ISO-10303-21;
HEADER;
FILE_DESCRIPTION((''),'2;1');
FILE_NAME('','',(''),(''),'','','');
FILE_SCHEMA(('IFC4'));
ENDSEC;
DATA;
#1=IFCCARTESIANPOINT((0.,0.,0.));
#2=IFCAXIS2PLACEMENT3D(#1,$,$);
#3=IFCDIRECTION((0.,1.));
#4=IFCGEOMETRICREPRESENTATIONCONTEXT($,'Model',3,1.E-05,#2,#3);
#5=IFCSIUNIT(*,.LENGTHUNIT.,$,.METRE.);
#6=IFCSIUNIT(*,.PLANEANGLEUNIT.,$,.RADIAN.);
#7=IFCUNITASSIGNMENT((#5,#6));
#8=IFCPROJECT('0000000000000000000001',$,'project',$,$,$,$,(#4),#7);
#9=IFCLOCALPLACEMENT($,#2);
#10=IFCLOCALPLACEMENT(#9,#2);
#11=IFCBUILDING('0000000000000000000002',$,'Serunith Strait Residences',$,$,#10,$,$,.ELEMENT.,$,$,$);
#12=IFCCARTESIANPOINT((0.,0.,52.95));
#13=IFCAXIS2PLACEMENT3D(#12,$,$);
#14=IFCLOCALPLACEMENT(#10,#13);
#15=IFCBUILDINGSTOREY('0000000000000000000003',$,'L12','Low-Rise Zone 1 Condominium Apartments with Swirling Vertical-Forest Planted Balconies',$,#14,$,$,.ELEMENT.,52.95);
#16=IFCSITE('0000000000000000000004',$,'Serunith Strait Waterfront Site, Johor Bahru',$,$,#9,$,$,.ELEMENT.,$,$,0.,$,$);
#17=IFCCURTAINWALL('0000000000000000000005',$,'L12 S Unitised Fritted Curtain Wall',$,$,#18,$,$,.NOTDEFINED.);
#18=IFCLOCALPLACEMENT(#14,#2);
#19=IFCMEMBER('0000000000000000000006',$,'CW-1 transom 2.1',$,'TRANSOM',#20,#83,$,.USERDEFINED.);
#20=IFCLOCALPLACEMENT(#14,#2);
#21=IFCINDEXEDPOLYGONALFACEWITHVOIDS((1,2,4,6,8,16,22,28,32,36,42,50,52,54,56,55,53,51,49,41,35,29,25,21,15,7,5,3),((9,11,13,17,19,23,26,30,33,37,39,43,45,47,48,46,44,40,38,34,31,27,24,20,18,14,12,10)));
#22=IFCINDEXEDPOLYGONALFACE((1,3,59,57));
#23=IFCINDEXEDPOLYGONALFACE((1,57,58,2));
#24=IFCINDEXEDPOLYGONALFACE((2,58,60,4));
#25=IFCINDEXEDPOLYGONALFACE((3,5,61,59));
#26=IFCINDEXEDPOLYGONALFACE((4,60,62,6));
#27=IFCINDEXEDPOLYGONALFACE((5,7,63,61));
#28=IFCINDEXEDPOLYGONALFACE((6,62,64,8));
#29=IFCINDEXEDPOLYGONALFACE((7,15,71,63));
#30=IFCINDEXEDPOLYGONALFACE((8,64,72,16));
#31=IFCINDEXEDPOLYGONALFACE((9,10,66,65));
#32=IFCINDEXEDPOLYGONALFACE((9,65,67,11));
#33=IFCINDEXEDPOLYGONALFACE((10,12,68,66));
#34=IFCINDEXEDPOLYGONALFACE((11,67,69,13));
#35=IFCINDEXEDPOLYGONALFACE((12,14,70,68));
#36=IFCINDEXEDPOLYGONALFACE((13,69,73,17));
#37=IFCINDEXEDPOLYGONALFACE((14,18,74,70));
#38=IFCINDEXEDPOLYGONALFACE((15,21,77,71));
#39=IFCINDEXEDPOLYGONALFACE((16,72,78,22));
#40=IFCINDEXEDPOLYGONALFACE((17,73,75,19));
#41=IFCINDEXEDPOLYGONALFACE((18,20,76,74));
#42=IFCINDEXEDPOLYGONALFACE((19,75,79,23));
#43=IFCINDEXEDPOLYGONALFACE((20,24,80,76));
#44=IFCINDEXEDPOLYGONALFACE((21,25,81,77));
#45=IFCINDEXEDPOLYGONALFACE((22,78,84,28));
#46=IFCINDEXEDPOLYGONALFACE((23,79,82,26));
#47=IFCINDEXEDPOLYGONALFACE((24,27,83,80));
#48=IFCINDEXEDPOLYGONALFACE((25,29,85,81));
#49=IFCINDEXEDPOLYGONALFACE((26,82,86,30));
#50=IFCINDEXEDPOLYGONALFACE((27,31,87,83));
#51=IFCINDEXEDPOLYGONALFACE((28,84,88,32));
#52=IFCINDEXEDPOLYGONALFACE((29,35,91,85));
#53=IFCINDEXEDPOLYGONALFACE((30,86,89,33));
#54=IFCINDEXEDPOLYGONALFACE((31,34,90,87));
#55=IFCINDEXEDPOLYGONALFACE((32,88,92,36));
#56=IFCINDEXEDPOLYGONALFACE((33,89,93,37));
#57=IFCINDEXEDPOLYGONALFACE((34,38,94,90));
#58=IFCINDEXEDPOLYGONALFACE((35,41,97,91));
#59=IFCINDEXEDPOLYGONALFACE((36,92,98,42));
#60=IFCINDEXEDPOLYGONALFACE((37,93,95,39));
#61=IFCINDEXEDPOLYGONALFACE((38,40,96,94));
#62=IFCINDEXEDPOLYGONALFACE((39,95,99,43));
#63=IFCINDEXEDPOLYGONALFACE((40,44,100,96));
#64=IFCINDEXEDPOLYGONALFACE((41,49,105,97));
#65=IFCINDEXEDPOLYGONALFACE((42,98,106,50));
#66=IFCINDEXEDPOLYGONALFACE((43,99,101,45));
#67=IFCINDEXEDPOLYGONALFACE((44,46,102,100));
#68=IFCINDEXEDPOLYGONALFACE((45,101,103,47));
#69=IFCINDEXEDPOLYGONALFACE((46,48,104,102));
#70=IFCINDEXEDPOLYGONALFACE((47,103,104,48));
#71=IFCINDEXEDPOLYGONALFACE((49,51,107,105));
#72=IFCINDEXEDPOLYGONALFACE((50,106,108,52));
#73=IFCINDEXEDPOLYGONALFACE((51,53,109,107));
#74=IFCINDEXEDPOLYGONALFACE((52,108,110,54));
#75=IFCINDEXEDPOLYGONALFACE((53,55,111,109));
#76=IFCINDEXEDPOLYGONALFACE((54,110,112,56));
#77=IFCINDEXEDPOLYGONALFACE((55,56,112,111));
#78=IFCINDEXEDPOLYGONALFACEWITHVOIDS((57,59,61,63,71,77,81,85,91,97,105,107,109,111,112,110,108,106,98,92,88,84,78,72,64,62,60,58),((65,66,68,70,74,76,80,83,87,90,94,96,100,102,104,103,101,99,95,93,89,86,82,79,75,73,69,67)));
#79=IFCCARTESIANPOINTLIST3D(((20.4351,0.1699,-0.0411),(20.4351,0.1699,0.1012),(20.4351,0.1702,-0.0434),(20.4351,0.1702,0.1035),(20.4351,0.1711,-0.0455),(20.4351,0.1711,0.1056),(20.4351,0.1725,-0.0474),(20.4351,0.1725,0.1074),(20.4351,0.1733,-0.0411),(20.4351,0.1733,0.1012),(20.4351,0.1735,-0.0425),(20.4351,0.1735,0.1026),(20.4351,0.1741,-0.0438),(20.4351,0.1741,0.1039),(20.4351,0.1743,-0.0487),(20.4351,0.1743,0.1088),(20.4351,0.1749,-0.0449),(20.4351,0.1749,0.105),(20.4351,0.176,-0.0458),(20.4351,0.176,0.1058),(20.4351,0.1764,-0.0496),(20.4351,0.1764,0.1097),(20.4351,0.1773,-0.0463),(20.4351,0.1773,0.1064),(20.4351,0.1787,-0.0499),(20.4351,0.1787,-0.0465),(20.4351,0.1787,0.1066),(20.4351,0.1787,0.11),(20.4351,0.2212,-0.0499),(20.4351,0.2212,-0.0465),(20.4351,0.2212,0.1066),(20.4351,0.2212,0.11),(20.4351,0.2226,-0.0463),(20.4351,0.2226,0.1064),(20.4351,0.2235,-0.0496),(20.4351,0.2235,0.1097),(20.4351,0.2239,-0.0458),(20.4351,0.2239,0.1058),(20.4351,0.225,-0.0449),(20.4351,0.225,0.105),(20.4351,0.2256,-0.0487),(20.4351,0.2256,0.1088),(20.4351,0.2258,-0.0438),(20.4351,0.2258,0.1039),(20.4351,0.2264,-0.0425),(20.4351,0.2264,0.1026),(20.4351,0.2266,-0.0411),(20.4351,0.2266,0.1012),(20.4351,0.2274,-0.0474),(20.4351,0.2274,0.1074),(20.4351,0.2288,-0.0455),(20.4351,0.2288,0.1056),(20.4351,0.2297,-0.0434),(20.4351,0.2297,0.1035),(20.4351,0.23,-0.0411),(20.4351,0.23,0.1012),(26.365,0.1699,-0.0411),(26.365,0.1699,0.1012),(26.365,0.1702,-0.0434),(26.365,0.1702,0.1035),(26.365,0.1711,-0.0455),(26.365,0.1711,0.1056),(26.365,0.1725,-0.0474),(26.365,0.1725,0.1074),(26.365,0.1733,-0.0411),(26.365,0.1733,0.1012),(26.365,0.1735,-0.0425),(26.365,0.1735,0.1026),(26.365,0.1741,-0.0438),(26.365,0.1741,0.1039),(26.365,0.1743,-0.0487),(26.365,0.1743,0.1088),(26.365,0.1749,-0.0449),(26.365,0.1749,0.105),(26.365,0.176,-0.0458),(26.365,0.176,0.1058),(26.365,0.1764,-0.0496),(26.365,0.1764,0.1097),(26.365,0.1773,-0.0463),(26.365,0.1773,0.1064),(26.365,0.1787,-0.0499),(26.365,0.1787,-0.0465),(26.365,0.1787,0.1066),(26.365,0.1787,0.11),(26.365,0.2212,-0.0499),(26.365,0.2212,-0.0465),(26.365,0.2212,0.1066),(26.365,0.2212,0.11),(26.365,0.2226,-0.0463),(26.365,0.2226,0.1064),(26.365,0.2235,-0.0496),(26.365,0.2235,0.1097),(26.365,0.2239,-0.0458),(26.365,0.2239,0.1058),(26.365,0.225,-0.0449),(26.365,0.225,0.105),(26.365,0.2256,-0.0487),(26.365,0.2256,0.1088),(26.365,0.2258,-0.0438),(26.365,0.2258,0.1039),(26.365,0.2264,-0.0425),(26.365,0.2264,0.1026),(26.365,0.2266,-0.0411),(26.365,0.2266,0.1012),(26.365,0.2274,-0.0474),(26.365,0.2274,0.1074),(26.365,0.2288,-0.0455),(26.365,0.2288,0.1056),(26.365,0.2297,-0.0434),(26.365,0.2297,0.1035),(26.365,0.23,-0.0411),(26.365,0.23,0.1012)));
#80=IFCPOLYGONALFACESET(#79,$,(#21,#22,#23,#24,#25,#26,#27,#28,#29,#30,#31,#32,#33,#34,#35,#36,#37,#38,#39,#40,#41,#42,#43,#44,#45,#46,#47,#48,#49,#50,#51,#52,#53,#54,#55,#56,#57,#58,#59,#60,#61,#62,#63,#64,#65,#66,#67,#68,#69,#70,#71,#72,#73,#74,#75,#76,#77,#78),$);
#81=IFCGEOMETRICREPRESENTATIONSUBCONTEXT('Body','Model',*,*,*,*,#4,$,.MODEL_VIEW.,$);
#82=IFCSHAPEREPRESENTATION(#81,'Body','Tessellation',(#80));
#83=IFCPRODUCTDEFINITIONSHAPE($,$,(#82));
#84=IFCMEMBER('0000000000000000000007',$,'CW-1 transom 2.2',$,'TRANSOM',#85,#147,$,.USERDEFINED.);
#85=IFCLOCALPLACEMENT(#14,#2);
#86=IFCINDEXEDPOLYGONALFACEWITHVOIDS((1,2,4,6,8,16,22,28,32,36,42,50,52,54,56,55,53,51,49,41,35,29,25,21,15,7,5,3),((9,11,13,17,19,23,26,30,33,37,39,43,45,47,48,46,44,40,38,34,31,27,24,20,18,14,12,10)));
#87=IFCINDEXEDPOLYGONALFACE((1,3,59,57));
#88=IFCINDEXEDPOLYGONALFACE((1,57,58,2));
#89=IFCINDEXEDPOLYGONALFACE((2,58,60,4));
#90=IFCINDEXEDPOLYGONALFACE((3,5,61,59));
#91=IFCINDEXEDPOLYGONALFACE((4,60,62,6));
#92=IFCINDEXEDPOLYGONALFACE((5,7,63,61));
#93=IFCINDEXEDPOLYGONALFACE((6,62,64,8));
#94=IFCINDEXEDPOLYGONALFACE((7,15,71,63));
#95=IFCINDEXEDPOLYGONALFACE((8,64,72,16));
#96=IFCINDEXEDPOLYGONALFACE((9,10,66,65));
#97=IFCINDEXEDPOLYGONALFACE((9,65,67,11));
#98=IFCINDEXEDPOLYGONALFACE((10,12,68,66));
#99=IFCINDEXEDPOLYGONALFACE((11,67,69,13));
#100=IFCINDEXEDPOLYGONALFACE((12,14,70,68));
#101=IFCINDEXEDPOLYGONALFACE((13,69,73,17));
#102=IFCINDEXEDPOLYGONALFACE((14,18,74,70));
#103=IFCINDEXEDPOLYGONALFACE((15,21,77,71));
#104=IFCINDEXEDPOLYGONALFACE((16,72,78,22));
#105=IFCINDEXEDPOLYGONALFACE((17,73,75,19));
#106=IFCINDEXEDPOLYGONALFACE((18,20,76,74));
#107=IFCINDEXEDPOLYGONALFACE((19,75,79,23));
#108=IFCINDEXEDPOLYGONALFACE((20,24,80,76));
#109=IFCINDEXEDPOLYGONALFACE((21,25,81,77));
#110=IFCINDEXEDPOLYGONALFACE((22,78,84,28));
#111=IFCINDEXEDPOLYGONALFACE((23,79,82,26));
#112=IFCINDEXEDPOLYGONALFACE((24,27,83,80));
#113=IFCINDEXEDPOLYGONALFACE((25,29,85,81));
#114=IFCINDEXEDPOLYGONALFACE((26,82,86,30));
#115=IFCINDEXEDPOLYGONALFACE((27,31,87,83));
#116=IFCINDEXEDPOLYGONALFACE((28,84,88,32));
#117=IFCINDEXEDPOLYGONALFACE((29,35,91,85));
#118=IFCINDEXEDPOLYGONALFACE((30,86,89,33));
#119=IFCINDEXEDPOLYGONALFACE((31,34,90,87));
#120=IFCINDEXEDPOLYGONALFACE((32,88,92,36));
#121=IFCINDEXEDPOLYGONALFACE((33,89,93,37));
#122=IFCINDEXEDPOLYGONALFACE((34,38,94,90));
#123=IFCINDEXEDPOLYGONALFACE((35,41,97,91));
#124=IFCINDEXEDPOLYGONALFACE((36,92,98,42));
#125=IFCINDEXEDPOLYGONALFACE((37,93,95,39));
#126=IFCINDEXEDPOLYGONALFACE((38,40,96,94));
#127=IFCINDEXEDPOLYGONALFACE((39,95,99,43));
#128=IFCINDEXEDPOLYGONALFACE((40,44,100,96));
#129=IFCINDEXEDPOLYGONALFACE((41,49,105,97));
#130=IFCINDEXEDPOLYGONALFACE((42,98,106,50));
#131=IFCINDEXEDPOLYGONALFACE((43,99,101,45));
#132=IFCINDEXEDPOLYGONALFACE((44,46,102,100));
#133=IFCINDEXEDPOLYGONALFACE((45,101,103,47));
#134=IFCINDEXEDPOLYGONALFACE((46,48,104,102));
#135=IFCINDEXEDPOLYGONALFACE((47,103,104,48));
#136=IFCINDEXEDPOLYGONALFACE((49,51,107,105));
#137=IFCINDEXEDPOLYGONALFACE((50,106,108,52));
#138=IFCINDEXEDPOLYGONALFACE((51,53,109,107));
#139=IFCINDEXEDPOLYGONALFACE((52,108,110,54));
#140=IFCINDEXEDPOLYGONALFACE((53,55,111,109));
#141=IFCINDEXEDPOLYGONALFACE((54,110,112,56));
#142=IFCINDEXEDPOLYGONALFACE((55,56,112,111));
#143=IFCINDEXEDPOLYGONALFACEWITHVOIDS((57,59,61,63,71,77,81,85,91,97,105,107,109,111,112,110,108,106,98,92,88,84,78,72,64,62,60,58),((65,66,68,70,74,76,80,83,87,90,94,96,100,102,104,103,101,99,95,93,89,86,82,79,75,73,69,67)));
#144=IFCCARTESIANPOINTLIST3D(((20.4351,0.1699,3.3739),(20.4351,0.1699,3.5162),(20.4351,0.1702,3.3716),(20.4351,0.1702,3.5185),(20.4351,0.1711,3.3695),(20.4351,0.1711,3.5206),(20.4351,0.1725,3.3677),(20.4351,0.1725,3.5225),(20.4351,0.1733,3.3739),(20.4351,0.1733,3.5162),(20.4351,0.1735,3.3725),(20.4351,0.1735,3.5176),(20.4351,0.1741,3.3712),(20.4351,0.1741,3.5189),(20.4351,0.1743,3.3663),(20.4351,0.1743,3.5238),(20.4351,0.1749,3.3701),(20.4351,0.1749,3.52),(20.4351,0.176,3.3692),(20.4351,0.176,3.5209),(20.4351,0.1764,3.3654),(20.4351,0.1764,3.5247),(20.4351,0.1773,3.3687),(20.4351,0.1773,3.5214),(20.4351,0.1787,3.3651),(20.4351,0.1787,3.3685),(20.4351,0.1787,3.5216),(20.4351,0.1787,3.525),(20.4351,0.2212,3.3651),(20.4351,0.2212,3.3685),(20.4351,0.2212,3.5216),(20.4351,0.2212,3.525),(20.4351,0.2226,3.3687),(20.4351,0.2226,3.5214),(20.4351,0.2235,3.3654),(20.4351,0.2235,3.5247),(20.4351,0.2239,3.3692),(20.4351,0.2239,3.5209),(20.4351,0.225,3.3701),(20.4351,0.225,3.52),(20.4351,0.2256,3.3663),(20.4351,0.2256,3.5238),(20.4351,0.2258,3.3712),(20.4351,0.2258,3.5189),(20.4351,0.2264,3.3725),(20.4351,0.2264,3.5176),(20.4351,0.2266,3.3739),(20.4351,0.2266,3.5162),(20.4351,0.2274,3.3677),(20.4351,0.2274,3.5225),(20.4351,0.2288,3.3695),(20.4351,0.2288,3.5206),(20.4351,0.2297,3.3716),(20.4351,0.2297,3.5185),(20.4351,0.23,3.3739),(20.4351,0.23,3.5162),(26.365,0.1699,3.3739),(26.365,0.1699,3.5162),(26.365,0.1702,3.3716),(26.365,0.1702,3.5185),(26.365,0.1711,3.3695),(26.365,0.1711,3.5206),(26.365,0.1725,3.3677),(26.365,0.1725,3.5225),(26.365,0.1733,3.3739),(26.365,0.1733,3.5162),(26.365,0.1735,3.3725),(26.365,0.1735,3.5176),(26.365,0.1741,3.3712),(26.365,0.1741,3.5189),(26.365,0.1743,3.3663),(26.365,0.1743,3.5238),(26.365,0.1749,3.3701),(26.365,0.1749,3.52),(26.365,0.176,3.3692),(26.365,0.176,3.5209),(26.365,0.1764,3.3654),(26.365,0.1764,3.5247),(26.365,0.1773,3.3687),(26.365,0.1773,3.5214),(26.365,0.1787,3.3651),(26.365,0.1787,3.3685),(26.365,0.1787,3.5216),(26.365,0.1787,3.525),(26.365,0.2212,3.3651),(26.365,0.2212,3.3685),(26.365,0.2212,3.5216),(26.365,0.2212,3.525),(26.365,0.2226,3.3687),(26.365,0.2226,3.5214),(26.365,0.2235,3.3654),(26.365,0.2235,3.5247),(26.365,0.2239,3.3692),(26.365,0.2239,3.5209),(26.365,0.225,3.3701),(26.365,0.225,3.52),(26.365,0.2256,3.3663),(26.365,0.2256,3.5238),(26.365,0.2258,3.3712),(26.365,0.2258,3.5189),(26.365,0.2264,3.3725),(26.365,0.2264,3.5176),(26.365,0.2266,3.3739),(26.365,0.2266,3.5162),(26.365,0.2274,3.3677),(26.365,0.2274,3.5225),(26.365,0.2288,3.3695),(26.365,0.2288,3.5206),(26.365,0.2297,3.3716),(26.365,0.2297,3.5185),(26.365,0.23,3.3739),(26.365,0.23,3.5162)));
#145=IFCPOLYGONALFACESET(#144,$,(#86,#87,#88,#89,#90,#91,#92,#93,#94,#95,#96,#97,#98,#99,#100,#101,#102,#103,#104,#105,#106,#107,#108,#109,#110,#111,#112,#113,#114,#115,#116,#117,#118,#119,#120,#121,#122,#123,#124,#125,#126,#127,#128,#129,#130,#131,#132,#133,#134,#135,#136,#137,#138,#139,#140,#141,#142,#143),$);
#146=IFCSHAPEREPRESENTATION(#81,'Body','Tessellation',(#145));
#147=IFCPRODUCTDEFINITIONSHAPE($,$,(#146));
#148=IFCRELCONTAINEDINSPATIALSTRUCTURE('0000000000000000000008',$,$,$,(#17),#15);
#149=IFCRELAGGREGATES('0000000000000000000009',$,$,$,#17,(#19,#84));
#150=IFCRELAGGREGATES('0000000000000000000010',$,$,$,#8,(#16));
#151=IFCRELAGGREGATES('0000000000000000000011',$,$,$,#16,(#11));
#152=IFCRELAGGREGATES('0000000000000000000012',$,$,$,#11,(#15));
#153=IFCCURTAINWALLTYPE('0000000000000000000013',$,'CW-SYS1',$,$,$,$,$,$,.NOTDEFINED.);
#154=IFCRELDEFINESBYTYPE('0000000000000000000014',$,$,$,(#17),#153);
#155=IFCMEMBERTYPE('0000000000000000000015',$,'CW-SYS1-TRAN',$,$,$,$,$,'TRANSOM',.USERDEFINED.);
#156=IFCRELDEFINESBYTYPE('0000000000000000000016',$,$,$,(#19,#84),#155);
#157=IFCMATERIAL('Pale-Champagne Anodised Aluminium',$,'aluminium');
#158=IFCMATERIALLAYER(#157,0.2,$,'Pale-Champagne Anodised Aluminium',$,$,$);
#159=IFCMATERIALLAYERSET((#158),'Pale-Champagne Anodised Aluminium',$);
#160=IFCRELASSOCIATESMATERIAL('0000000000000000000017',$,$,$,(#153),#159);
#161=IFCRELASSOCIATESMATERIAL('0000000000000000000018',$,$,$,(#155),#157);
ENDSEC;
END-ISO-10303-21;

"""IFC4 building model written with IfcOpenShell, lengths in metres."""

from ifc_helpers import new_model, si_unit, direction, frame, origin, origin_2d, place, context, subcontext, project, spatial, hollow_rectangle, extrude, source, transform, mapped, material, layer, layer_set, material_profile, profile_set, type_object, element, aggregate, save


model = new_model("IFC4")

# Units and contexts
model_context = context("Model", 3, precision=1e-05, world=origin(), true_north=direction((0.0, 1.0)))
body_context = subcontext(model_context, "Body", "Model", "MODEL_VIEW")
ifc_project = project(units=[si_unit("LENGTHUNIT", "METRE"), si_unit("PLANEANGLEUNIT", "RADIAN")], contexts=[model_context])

# Site, building, storey
site_placement = place(None, origin())
site = spatial("IfcSite", under=ifc_project, at=site_placement, Name="Serunith Strait Waterfront Site, Johor Bahru", CompositionType="ELEMENT", RefElevation=0.0)
building_placement = place(site_placement, origin())
building = spatial("IfcBuilding", under=site, at=building_placement, Name="Serunith Strait Residences", CompositionType="ELEMENT")
storey_placement = place(building_placement, frame((0.0, 0.0, 52.95)))
storey = spatial("IfcBuildingStorey", under=building, at=storey_placement, Name="L12", Description="Low-Rise Zone 1 Condominium Apartments with Swirling Vertical-Forest Planted Balconies", CompositionType="ELEMENT", Elevation=52.95)

# Curtain wall, members
ifc_material_1 = material(Name="Pale-Champagne Anodised Aluminium", Category="aluminium")
ifc_layer_1 = layer(ifc_material_1, 0.2, Name="Pale-Champagne Anodised Aluminium")
ifc_layer_set_1 = layer_set([ifc_layer_1], Name="Pale-Champagne Anodised Aluminium")
curtain_wall_type = type_object("IfcCurtainWallType", Name="CW-SYS1", PredefinedType="NOTDEFINED", material=ifc_layer_set_1)
curtain_wall_placement = place(storey_placement, origin())
curtain_wall = element("IfcCurtainWall", 1, at=curtain_wall_placement, inside=storey, type_object=curtain_wall_type, Name="L12 S Unitised Fritted Curtain Wall", PredefinedType="NOTDEFINED")
ifc_material_profile_1 = material_profile(ifc_material_1, hollow_rectangle(XDim=0.0601, YDim=0.1599, WallThickness=0.0034, InnerFilletRadius=0.0054, OuterFilletRadius=0.0088, at=origin_2d()), Name="ALU 160x60x3.5")
ifc_profile_set_1 = profile_set([ifc_material_profile_1], Name="Pale-Champagne Anodised Aluminium")
member_type_1 = type_object("IfcMemberType", Name="CW-SYS1-TRAN", ElementType="TRANSOM", PredefinedType="USERDEFINED", material=ifc_profile_set_1)
shared_shape_1 = source(origin(), body_context, "Body", "SweptSolid", [
    extrude(hollow_rectangle(XDim=0.0601, YDim=0.1599, WallThickness=0.0034, InnerFilletRadius=0.0054, OuterFilletRadius=0.0088, at=origin_2d()), origin(), (0.0, 0.0, 1.0), 5.9299),
])
member_1_placement = place(storey_placement, frame((20.4351, 0.2, 0.03), z_axis=(1.0, 0.0, 0.0), x_axis=(0.0, 1.0, 0.0)))
member_1 = element("IfcMember", 2, at=member_1_placement, type_object=member_type_1, Name="CW-1 transom 2.1", ObjectType="TRANSOM", PredefinedType="USERDEFINED", context=body_context, shape_type="MappedRepresentation", body=[
    mapped(shared_shape_1, transform((0.0, 0.0, 0.0), scale=1.0)),
])
member_2_placement = place(storey_placement, frame((20.4351, 0.2, 3.4451), z_axis=(1.0, 0.0, 0.0), x_axis=(0.0, 1.0, 0.0)))
member_2 = element("IfcMember", 3, at=member_2_placement, type_object=member_type_1, Name="CW-1 transom 2.2", ObjectType="TRANSOM", PredefinedType="USERDEFINED", context=body_context, shape_type="MappedRepresentation", body=[
    mapped(shared_shape_1, transform((0.0, 0.0, 0.0), scale=1.0)),
])
aggregate(curtain_wall, [member_1, member_2])

save(model, "model.ifc")
